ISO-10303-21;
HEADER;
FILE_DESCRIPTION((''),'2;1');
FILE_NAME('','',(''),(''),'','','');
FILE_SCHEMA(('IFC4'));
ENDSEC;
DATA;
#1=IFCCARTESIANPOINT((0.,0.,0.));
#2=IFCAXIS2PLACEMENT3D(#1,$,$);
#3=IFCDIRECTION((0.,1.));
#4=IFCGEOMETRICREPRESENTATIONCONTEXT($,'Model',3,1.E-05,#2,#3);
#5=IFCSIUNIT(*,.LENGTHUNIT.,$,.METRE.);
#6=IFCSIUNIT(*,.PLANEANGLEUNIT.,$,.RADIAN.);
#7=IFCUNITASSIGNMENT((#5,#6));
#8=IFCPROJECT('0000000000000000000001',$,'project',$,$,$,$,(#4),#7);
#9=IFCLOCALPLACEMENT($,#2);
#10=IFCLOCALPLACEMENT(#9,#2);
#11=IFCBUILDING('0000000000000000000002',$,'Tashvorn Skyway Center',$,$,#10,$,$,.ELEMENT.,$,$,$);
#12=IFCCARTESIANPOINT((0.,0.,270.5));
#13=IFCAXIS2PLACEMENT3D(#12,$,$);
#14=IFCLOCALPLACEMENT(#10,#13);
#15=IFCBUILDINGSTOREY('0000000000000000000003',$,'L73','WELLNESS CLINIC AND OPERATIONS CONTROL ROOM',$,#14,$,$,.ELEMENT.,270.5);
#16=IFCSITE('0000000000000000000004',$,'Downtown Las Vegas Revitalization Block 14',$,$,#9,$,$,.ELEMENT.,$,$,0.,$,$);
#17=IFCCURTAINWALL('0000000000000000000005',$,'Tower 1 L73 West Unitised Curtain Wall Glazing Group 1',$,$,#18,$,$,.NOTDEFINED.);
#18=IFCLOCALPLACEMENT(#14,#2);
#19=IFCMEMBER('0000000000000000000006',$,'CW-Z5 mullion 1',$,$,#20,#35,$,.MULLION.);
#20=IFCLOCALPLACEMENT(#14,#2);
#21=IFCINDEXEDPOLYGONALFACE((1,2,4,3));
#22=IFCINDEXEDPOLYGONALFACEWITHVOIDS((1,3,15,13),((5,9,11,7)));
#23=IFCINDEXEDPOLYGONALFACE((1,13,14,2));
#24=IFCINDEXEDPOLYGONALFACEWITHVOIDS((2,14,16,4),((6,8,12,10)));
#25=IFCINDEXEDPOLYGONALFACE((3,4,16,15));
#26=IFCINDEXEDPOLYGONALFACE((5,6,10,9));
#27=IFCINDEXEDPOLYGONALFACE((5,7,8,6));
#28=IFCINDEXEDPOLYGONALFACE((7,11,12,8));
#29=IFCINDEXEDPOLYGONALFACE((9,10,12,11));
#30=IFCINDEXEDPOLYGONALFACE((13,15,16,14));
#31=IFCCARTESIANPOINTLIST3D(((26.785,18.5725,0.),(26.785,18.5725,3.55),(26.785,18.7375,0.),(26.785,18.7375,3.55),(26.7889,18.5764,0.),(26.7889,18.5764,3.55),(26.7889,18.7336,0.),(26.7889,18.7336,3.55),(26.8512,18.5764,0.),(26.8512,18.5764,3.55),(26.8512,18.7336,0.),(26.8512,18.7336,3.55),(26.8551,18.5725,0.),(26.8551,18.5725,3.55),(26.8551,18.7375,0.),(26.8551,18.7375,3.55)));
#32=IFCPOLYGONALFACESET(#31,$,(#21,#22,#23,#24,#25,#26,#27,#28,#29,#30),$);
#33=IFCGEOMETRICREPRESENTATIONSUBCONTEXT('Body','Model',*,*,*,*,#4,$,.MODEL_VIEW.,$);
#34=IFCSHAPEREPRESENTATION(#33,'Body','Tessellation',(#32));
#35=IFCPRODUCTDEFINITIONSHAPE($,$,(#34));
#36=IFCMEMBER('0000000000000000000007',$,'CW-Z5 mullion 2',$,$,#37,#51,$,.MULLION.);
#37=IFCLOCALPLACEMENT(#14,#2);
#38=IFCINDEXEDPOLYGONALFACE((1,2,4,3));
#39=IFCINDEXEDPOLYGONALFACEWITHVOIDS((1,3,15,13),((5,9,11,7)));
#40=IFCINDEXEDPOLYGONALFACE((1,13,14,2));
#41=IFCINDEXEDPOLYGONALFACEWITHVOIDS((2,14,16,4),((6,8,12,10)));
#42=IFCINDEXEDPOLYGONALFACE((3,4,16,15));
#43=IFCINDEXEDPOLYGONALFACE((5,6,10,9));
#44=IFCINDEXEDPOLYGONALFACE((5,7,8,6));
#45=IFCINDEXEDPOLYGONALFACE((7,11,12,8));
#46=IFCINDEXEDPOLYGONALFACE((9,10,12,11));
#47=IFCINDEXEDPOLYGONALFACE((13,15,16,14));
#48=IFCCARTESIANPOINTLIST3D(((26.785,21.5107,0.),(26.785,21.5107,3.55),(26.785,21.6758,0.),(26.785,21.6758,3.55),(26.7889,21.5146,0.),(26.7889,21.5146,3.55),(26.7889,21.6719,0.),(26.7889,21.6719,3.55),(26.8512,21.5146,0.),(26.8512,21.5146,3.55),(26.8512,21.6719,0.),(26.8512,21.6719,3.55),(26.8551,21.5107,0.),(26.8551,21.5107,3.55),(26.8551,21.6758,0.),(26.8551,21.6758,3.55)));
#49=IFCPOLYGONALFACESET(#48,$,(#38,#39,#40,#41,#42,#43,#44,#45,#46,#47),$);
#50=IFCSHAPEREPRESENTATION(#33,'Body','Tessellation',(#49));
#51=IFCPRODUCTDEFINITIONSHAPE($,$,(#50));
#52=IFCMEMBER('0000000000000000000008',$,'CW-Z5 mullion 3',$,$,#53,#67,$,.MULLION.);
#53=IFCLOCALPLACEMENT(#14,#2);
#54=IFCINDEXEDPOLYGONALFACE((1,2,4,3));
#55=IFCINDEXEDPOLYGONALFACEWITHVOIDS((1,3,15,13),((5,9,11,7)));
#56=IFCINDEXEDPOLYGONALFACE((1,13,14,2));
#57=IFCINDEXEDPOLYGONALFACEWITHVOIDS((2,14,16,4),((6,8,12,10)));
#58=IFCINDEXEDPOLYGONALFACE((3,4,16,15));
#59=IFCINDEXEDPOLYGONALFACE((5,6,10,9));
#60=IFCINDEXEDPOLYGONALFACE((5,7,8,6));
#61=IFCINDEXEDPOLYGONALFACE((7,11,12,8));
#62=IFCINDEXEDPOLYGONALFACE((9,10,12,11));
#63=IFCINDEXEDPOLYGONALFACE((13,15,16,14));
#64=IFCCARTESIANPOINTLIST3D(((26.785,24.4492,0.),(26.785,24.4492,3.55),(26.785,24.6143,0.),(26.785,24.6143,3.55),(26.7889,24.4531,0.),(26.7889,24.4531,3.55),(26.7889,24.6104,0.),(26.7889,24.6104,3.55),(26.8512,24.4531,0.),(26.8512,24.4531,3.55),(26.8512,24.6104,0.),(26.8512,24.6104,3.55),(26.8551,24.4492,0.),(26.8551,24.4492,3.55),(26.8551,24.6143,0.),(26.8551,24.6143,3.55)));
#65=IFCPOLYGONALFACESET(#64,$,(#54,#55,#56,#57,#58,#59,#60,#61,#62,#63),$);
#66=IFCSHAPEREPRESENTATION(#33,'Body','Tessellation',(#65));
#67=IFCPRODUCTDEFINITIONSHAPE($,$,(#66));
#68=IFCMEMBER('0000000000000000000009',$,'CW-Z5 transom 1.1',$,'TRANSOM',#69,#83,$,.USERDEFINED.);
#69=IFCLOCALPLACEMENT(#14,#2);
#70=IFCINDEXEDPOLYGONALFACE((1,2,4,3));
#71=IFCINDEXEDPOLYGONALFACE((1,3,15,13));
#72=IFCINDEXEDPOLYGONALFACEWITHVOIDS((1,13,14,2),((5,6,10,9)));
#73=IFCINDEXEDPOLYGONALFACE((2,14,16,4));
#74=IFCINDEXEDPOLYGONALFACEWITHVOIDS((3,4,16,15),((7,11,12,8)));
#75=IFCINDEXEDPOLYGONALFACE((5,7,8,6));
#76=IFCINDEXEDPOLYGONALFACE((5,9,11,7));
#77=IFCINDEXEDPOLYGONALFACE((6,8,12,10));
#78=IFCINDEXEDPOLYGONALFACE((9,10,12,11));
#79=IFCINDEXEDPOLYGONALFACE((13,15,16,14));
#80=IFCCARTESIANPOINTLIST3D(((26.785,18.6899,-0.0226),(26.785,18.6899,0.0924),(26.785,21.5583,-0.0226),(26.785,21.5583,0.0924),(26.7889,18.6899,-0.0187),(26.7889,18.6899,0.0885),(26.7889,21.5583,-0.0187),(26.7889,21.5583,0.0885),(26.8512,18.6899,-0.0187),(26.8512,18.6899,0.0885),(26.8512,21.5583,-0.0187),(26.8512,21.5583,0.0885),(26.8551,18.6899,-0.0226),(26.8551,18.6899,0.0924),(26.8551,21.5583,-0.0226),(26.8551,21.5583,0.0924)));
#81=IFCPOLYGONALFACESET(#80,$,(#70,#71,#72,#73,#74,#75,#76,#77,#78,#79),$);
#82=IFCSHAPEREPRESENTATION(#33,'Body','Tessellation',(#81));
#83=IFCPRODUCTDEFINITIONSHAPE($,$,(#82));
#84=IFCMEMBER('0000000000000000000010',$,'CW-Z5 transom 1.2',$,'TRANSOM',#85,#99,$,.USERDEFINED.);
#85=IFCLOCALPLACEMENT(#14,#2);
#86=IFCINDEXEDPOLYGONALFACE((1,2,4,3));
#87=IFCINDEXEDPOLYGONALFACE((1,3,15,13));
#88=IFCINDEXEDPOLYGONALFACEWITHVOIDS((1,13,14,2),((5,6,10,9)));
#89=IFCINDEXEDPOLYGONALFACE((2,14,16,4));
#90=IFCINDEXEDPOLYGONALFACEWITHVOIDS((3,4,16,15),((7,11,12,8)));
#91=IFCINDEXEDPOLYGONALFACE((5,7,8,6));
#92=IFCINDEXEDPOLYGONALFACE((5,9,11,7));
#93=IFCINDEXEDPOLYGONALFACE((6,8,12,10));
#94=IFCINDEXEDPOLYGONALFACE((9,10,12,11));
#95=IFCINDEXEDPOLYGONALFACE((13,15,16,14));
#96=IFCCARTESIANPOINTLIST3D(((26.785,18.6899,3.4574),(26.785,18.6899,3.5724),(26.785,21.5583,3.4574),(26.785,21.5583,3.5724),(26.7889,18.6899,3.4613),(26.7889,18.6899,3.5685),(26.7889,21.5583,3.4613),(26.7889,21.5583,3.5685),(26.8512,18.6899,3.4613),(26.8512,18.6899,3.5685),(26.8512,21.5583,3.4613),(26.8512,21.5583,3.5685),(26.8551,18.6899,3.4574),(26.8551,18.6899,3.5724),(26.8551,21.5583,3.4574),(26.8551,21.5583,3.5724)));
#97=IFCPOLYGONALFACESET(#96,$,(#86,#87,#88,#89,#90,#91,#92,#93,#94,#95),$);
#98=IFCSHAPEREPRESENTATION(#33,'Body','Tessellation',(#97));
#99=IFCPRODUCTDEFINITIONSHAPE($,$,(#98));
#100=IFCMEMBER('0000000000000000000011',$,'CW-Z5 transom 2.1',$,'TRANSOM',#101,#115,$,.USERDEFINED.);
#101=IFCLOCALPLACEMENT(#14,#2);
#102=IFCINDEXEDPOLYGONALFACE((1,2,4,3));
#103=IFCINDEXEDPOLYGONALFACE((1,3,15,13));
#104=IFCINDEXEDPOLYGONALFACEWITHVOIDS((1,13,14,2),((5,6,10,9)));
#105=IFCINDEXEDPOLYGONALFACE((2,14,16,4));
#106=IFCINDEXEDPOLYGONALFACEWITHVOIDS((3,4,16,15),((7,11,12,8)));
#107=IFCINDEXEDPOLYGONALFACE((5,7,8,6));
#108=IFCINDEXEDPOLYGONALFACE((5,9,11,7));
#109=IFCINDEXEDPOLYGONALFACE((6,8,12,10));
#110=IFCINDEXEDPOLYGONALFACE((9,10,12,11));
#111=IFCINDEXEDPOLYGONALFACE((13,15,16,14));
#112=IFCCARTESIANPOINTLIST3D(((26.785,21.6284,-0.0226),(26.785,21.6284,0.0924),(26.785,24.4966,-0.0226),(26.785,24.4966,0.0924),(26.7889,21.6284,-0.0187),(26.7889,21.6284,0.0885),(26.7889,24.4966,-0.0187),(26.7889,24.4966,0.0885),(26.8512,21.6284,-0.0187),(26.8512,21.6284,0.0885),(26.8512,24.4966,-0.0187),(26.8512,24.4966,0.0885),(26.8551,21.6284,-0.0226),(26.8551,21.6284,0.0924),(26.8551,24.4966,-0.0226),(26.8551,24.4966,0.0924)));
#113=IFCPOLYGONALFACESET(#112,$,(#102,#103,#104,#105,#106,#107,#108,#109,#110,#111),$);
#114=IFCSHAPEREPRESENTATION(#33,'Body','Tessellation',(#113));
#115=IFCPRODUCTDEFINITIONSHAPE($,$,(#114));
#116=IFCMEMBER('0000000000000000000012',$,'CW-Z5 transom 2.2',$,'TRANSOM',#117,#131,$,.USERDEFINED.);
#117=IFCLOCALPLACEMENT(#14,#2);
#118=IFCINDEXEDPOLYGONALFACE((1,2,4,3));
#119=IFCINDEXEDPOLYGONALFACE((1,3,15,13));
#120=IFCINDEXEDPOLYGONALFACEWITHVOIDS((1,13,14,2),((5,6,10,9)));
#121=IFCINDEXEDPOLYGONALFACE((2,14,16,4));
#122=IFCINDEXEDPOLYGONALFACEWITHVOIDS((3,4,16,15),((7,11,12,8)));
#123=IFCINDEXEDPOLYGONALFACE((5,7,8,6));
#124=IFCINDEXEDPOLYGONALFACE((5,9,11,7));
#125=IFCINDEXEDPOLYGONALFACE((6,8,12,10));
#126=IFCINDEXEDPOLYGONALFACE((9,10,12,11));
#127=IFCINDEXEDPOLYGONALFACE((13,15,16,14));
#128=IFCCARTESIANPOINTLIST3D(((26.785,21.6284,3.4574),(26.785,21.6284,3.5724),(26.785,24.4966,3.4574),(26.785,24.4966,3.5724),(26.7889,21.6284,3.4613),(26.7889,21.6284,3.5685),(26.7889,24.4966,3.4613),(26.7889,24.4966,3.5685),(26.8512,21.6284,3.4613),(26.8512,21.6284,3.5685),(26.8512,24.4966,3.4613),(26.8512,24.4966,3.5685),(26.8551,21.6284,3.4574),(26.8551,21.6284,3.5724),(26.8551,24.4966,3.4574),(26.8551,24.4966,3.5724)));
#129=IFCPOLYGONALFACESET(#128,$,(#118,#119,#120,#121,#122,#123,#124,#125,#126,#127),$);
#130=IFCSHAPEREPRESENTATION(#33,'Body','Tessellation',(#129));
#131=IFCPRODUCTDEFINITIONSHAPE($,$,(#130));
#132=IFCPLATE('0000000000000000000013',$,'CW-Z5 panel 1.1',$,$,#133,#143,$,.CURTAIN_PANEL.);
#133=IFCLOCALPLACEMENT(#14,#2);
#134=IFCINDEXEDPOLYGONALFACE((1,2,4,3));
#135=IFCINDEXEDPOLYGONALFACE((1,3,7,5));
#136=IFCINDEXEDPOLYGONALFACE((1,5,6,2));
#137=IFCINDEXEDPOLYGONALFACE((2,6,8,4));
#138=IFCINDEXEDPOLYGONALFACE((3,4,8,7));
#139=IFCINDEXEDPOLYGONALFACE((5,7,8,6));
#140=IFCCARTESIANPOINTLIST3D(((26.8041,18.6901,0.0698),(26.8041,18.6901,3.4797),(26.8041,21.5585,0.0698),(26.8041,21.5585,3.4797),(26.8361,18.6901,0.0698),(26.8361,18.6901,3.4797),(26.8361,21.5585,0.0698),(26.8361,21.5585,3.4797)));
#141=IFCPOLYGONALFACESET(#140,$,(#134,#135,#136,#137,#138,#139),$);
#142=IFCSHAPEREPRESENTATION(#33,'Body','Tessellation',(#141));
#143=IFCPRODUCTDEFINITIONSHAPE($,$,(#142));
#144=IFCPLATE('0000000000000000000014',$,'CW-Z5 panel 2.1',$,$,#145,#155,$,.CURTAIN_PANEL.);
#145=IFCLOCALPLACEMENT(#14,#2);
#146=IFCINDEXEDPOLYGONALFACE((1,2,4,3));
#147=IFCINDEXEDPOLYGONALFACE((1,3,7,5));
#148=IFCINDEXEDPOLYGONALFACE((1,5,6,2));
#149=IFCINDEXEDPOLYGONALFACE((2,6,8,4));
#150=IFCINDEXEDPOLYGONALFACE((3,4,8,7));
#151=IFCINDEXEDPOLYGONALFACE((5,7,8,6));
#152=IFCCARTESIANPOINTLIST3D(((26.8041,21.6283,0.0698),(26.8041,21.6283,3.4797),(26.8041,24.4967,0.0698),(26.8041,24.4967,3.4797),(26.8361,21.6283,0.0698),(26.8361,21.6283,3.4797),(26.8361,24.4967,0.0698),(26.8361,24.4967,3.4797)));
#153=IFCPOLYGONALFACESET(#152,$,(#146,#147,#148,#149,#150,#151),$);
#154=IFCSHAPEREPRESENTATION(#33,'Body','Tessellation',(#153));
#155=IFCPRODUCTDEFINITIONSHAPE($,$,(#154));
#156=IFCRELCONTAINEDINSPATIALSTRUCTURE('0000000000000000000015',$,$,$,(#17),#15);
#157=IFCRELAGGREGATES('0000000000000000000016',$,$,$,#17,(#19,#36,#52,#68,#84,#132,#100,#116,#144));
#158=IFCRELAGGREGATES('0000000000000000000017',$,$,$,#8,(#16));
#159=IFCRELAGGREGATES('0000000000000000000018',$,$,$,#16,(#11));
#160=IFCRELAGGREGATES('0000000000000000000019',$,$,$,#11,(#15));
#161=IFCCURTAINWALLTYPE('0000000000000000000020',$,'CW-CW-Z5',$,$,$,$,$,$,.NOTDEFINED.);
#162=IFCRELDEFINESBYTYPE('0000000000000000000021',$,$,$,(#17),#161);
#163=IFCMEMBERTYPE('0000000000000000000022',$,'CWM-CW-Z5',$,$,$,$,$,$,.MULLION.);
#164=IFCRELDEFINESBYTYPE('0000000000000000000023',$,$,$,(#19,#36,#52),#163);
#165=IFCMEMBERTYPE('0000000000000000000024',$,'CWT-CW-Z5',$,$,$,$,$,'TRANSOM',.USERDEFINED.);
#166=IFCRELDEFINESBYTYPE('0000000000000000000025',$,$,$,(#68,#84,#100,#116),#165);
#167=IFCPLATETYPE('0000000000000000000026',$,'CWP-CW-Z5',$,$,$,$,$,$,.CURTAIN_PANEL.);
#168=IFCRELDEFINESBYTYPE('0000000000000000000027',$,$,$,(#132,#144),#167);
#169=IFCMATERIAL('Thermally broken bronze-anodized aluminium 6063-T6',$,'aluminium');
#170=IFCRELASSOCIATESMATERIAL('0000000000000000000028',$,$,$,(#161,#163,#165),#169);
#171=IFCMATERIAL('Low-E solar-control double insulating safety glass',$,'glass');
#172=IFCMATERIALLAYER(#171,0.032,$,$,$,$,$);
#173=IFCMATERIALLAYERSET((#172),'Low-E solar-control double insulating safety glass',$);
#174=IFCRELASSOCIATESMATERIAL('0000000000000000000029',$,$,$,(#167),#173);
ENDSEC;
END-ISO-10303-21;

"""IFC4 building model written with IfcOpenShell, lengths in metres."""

from ifc_helpers import new_model, si_unit, direction, frame, origin, origin_2d, place, context, subcontext, project, spatial, rectangle, hollow_rectangle, extrude, material, layer, layer_set, material_profile, profile_set, type_object, element, aggregate, save


model = new_model("IFC4")

# Units and contexts
model_context = context("Model", 3, precision=1e-05, world=origin(), true_north=direction((0.0, 1.0)))
body_context = subcontext(model_context, "Body", "Model", "MODEL_VIEW")
ifc_project = project(units=[si_unit("LENGTHUNIT", "METRE"), si_unit("PLANEANGLEUNIT", "RADIAN")], contexts=[model_context])

# Site, building, storey
site_placement = place(None, origin())
site = spatial("IfcSite", under=ifc_project, at=site_placement, Name="Downtown Las Vegas Revitalization Block 14", CompositionType="ELEMENT", RefElevation=0.0)
building_placement = place(site_placement, origin())
building = spatial("IfcBuilding", under=site, at=building_placement, Name="Tashvorn Skyway Center", CompositionType="ELEMENT")
storey_placement = place(building_placement, frame((0.0, 0.0, 270.5)))
storey = spatial("IfcBuildingStorey", under=building, at=storey_placement, Name="L73", Description="WELLNESS CLINIC AND OPERATIONS CONTROL ROOM", CompositionType="ELEMENT", Elevation=270.5)

# Curtain wall, members, plates
ifc_material_1 = material(Name="Thermally broken bronze-anodized aluminium 6063-T6", Category="aluminium")
curtain_wall_type = type_object("IfcCurtainWallType", Name="CW-CW-Z5", PredefinedType="NOTDEFINED", material=ifc_material_1)
curtain_wall_placement = place(storey_placement, origin())
curtain_wall = element("IfcCurtainWall", 1, at=curtain_wall_placement, inside=storey, type_object=curtain_wall_type, Name="Tower 1 L73 West Unitised Curtain Wall Glazing Group 1", PredefinedType="NOTDEFINED")
ifc_material_profile_1 = material_profile(ifc_material_1, hollow_rectangle(XDim=0.0701, YDim=0.165, WallThickness=0.0039, at=origin_2d()), Name="ALU-MULL-70x165")
ifc_profile_set_1 = profile_set([ifc_material_profile_1], Name="Thermally broken bronze-anodized aluminium 6063-T6")
member_type_1 = type_object("IfcMemberType", Name="CWM-CW-Z5", PredefinedType="MULLION", material=ifc_profile_set_1)
member_1_placement = place(storey_placement, frame((26.8201, 18.655, 0.0), z_axis=(0.0, 0.0, 1.0), x_axis=(-1.0, 0.0, 0.0)))
member_1 = element("IfcMember", 2, at=member_1_placement, type_object=member_type_1, Name="CW-Z5 mullion 1", PredefinedType="MULLION", context=body_context, shape_type="SweptSolid", body=[
    extrude(hollow_rectangle(XDim=0.0701, YDim=0.165, WallThickness=0.0039, at=origin_2d()), origin(), (0.0, 0.0, 1.0), 3.55),
])
member_2_placement = place(storey_placement, frame((26.8201, 21.5933, 0.0), z_axis=(0.0, 0.0, 1.0), x_axis=(-1.0, 0.0, 0.0)))
member_2 = element("IfcMember", 3, at=member_2_placement, type_object=member_type_1, Name="CW-Z5 mullion 2", PredefinedType="MULLION", context=body_context, shape_type="SweptSolid", body=[
    extrude(hollow_rectangle(XDim=0.0701, YDim=0.165, WallThickness=0.0039, at=origin_2d()), origin(), (0.0, 0.0, 1.0), 3.55),
])
member_3_placement = place(storey_placement, frame((26.8201, 24.5317, 0.0), z_axis=(0.0, 0.0, 1.0), x_axis=(-1.0, 0.0, 0.0)))
member_3 = element("IfcMember", 4, at=member_3_placement, type_object=member_type_1, Name="CW-Z5 mullion 3", PredefinedType="MULLION", context=body_context, shape_type="SweptSolid", body=[
    extrude(hollow_rectangle(XDim=0.0701, YDim=0.165, WallThickness=0.0039, at=origin_2d()), origin(), (0.0, 0.0, 1.0), 3.55),
])
ifc_material_profile_2 = material_profile(ifc_material_1, hollow_rectangle(XDim=0.0701, YDim=0.115, WallThickness=0.0039, at=origin_2d()), Name="ALU-TRAN-70x115")
ifc_profile_set_2 = profile_set([ifc_material_profile_2], Name="Thermally broken bronze-anodized aluminium 6063-T6")
member_type_2 = type_object("IfcMemberType", Name="CWT-CW-Z5", ElementType="TRANSOM", PredefinedType="USERDEFINED", material=ifc_profile_set_2)
member_4_placement = place(storey_placement, frame((26.8201, 18.6899, 0.0349), z_axis=(0.0, 1.0, 0.0), x_axis=(-1.0, 0.0, 0.0)))
member_4 = element("IfcMember", 5, at=member_4_placement, type_object=member_type_2, Name="CW-Z5 transom 1.1", ObjectType="TRANSOM", PredefinedType="USERDEFINED", context=body_context, shape_type="SweptSolid", body=[
    extrude(hollow_rectangle(XDim=0.0701, YDim=0.115, WallThickness=0.0039, at=origin_2d()), origin(), (0.0, 0.0, 1.0), 2.8684),
])
member_5_placement = place(storey_placement, frame((26.8201, 18.6899, 3.5149), z_axis=(0.0, 1.0, 0.0), x_axis=(-1.0, 0.0, 0.0)))
member_5 = element("IfcMember", 6, at=member_5_placement, type_object=member_type_2, Name="CW-Z5 transom 1.2", ObjectType="TRANSOM", PredefinedType="USERDEFINED", context=body_context, shape_type="SweptSolid", body=[
    extrude(hollow_rectangle(XDim=0.0701, YDim=0.115, WallThickness=0.0039, at=origin_2d()), origin(), (0.0, 0.0, 1.0), 2.8684),
])
member_6_placement = place(storey_placement, frame((26.8201, 21.6284, 0.0349), z_axis=(0.0, 1.0, 0.0), x_axis=(-1.0, 0.0, 0.0)))
member_6 = element("IfcMember", 7, at=member_6_placement, type_object=member_type_2, Name="CW-Z5 transom 2.1", ObjectType="TRANSOM", PredefinedType="USERDEFINED", context=body_context, shape_type="SweptSolid", body=[
    extrude(hollow_rectangle(XDim=0.0701, YDim=0.115, WallThickness=0.0039, at=origin_2d()), origin(), (0.0, 0.0, 1.0), 2.8682),
])
member_7_placement = place(storey_placement, frame((26.8201, 21.6284, 3.5149), z_axis=(0.0, 1.0, 0.0), x_axis=(-1.0, 0.0, 0.0)))
member_7 = element("IfcMember", 8, at=member_7_placement, type_object=member_type_2, Name="CW-Z5 transom 2.2", ObjectType="TRANSOM", PredefinedType="USERDEFINED", context=body_context, shape_type="SweptSolid", body=[
    extrude(hollow_rectangle(XDim=0.0701, YDim=0.115, WallThickness=0.0039, at=origin_2d()), origin(), (0.0, 0.0, 1.0), 2.8682),
])
ifc_material_2 = material(Name="Low-E solar-control double insulating safety glass", Category="glass")
ifc_layer_1 = layer(ifc_material_2, 0.032)
ifc_layer_set_1 = layer_set([ifc_layer_1], Name="Low-E solar-control double insulating safety glass")
plate_type = type_object("IfcPlateType", Name="CWP-CW-Z5", PredefinedType="CURTAIN_PANEL", material=ifc_layer_set_1)
plate_1_placement = place(storey_placement, frame((26.8201, 20.1243, 0.0698), z_axis=(0.0, 0.0, 1.0), x_axis=(0.0, 1.0, 0.0)))
plate_1 = element("IfcPlate", 9, at=plate_1_placement, type_object=plate_type, Name="CW-Z5 panel 1.1", PredefinedType="CURTAIN_PANEL", context=body_context, shape_type="SweptSolid", body=[
    extrude(rectangle(XDim=2.8684, YDim=0.032, at=origin_2d()), origin(), (0.0, 0.0, 1.0), 3.4099),
])
plate_2_placement = place(storey_placement, frame((26.8201, 23.0625, 0.0698), z_axis=(0.0, 0.0, 1.0), x_axis=(0.0, 1.0, 0.0)))
plate_2 = element("IfcPlate", 10, at=plate_2_placement, type_object=plate_type, Name="CW-Z5 panel 2.1", PredefinedType="CURTAIN_PANEL", context=body_context, shape_type="SweptSolid", body=[
    extrude(rectangle(XDim=2.8684, YDim=0.032, at=origin_2d()), origin(), (0.0, 0.0, 1.0), 3.4099),
])
aggregate(curtain_wall, [member_1, member_2, member_3, member_4, member_5, plate_1, member_6, member_7, plate_2])

save(model, "model.ifc")
